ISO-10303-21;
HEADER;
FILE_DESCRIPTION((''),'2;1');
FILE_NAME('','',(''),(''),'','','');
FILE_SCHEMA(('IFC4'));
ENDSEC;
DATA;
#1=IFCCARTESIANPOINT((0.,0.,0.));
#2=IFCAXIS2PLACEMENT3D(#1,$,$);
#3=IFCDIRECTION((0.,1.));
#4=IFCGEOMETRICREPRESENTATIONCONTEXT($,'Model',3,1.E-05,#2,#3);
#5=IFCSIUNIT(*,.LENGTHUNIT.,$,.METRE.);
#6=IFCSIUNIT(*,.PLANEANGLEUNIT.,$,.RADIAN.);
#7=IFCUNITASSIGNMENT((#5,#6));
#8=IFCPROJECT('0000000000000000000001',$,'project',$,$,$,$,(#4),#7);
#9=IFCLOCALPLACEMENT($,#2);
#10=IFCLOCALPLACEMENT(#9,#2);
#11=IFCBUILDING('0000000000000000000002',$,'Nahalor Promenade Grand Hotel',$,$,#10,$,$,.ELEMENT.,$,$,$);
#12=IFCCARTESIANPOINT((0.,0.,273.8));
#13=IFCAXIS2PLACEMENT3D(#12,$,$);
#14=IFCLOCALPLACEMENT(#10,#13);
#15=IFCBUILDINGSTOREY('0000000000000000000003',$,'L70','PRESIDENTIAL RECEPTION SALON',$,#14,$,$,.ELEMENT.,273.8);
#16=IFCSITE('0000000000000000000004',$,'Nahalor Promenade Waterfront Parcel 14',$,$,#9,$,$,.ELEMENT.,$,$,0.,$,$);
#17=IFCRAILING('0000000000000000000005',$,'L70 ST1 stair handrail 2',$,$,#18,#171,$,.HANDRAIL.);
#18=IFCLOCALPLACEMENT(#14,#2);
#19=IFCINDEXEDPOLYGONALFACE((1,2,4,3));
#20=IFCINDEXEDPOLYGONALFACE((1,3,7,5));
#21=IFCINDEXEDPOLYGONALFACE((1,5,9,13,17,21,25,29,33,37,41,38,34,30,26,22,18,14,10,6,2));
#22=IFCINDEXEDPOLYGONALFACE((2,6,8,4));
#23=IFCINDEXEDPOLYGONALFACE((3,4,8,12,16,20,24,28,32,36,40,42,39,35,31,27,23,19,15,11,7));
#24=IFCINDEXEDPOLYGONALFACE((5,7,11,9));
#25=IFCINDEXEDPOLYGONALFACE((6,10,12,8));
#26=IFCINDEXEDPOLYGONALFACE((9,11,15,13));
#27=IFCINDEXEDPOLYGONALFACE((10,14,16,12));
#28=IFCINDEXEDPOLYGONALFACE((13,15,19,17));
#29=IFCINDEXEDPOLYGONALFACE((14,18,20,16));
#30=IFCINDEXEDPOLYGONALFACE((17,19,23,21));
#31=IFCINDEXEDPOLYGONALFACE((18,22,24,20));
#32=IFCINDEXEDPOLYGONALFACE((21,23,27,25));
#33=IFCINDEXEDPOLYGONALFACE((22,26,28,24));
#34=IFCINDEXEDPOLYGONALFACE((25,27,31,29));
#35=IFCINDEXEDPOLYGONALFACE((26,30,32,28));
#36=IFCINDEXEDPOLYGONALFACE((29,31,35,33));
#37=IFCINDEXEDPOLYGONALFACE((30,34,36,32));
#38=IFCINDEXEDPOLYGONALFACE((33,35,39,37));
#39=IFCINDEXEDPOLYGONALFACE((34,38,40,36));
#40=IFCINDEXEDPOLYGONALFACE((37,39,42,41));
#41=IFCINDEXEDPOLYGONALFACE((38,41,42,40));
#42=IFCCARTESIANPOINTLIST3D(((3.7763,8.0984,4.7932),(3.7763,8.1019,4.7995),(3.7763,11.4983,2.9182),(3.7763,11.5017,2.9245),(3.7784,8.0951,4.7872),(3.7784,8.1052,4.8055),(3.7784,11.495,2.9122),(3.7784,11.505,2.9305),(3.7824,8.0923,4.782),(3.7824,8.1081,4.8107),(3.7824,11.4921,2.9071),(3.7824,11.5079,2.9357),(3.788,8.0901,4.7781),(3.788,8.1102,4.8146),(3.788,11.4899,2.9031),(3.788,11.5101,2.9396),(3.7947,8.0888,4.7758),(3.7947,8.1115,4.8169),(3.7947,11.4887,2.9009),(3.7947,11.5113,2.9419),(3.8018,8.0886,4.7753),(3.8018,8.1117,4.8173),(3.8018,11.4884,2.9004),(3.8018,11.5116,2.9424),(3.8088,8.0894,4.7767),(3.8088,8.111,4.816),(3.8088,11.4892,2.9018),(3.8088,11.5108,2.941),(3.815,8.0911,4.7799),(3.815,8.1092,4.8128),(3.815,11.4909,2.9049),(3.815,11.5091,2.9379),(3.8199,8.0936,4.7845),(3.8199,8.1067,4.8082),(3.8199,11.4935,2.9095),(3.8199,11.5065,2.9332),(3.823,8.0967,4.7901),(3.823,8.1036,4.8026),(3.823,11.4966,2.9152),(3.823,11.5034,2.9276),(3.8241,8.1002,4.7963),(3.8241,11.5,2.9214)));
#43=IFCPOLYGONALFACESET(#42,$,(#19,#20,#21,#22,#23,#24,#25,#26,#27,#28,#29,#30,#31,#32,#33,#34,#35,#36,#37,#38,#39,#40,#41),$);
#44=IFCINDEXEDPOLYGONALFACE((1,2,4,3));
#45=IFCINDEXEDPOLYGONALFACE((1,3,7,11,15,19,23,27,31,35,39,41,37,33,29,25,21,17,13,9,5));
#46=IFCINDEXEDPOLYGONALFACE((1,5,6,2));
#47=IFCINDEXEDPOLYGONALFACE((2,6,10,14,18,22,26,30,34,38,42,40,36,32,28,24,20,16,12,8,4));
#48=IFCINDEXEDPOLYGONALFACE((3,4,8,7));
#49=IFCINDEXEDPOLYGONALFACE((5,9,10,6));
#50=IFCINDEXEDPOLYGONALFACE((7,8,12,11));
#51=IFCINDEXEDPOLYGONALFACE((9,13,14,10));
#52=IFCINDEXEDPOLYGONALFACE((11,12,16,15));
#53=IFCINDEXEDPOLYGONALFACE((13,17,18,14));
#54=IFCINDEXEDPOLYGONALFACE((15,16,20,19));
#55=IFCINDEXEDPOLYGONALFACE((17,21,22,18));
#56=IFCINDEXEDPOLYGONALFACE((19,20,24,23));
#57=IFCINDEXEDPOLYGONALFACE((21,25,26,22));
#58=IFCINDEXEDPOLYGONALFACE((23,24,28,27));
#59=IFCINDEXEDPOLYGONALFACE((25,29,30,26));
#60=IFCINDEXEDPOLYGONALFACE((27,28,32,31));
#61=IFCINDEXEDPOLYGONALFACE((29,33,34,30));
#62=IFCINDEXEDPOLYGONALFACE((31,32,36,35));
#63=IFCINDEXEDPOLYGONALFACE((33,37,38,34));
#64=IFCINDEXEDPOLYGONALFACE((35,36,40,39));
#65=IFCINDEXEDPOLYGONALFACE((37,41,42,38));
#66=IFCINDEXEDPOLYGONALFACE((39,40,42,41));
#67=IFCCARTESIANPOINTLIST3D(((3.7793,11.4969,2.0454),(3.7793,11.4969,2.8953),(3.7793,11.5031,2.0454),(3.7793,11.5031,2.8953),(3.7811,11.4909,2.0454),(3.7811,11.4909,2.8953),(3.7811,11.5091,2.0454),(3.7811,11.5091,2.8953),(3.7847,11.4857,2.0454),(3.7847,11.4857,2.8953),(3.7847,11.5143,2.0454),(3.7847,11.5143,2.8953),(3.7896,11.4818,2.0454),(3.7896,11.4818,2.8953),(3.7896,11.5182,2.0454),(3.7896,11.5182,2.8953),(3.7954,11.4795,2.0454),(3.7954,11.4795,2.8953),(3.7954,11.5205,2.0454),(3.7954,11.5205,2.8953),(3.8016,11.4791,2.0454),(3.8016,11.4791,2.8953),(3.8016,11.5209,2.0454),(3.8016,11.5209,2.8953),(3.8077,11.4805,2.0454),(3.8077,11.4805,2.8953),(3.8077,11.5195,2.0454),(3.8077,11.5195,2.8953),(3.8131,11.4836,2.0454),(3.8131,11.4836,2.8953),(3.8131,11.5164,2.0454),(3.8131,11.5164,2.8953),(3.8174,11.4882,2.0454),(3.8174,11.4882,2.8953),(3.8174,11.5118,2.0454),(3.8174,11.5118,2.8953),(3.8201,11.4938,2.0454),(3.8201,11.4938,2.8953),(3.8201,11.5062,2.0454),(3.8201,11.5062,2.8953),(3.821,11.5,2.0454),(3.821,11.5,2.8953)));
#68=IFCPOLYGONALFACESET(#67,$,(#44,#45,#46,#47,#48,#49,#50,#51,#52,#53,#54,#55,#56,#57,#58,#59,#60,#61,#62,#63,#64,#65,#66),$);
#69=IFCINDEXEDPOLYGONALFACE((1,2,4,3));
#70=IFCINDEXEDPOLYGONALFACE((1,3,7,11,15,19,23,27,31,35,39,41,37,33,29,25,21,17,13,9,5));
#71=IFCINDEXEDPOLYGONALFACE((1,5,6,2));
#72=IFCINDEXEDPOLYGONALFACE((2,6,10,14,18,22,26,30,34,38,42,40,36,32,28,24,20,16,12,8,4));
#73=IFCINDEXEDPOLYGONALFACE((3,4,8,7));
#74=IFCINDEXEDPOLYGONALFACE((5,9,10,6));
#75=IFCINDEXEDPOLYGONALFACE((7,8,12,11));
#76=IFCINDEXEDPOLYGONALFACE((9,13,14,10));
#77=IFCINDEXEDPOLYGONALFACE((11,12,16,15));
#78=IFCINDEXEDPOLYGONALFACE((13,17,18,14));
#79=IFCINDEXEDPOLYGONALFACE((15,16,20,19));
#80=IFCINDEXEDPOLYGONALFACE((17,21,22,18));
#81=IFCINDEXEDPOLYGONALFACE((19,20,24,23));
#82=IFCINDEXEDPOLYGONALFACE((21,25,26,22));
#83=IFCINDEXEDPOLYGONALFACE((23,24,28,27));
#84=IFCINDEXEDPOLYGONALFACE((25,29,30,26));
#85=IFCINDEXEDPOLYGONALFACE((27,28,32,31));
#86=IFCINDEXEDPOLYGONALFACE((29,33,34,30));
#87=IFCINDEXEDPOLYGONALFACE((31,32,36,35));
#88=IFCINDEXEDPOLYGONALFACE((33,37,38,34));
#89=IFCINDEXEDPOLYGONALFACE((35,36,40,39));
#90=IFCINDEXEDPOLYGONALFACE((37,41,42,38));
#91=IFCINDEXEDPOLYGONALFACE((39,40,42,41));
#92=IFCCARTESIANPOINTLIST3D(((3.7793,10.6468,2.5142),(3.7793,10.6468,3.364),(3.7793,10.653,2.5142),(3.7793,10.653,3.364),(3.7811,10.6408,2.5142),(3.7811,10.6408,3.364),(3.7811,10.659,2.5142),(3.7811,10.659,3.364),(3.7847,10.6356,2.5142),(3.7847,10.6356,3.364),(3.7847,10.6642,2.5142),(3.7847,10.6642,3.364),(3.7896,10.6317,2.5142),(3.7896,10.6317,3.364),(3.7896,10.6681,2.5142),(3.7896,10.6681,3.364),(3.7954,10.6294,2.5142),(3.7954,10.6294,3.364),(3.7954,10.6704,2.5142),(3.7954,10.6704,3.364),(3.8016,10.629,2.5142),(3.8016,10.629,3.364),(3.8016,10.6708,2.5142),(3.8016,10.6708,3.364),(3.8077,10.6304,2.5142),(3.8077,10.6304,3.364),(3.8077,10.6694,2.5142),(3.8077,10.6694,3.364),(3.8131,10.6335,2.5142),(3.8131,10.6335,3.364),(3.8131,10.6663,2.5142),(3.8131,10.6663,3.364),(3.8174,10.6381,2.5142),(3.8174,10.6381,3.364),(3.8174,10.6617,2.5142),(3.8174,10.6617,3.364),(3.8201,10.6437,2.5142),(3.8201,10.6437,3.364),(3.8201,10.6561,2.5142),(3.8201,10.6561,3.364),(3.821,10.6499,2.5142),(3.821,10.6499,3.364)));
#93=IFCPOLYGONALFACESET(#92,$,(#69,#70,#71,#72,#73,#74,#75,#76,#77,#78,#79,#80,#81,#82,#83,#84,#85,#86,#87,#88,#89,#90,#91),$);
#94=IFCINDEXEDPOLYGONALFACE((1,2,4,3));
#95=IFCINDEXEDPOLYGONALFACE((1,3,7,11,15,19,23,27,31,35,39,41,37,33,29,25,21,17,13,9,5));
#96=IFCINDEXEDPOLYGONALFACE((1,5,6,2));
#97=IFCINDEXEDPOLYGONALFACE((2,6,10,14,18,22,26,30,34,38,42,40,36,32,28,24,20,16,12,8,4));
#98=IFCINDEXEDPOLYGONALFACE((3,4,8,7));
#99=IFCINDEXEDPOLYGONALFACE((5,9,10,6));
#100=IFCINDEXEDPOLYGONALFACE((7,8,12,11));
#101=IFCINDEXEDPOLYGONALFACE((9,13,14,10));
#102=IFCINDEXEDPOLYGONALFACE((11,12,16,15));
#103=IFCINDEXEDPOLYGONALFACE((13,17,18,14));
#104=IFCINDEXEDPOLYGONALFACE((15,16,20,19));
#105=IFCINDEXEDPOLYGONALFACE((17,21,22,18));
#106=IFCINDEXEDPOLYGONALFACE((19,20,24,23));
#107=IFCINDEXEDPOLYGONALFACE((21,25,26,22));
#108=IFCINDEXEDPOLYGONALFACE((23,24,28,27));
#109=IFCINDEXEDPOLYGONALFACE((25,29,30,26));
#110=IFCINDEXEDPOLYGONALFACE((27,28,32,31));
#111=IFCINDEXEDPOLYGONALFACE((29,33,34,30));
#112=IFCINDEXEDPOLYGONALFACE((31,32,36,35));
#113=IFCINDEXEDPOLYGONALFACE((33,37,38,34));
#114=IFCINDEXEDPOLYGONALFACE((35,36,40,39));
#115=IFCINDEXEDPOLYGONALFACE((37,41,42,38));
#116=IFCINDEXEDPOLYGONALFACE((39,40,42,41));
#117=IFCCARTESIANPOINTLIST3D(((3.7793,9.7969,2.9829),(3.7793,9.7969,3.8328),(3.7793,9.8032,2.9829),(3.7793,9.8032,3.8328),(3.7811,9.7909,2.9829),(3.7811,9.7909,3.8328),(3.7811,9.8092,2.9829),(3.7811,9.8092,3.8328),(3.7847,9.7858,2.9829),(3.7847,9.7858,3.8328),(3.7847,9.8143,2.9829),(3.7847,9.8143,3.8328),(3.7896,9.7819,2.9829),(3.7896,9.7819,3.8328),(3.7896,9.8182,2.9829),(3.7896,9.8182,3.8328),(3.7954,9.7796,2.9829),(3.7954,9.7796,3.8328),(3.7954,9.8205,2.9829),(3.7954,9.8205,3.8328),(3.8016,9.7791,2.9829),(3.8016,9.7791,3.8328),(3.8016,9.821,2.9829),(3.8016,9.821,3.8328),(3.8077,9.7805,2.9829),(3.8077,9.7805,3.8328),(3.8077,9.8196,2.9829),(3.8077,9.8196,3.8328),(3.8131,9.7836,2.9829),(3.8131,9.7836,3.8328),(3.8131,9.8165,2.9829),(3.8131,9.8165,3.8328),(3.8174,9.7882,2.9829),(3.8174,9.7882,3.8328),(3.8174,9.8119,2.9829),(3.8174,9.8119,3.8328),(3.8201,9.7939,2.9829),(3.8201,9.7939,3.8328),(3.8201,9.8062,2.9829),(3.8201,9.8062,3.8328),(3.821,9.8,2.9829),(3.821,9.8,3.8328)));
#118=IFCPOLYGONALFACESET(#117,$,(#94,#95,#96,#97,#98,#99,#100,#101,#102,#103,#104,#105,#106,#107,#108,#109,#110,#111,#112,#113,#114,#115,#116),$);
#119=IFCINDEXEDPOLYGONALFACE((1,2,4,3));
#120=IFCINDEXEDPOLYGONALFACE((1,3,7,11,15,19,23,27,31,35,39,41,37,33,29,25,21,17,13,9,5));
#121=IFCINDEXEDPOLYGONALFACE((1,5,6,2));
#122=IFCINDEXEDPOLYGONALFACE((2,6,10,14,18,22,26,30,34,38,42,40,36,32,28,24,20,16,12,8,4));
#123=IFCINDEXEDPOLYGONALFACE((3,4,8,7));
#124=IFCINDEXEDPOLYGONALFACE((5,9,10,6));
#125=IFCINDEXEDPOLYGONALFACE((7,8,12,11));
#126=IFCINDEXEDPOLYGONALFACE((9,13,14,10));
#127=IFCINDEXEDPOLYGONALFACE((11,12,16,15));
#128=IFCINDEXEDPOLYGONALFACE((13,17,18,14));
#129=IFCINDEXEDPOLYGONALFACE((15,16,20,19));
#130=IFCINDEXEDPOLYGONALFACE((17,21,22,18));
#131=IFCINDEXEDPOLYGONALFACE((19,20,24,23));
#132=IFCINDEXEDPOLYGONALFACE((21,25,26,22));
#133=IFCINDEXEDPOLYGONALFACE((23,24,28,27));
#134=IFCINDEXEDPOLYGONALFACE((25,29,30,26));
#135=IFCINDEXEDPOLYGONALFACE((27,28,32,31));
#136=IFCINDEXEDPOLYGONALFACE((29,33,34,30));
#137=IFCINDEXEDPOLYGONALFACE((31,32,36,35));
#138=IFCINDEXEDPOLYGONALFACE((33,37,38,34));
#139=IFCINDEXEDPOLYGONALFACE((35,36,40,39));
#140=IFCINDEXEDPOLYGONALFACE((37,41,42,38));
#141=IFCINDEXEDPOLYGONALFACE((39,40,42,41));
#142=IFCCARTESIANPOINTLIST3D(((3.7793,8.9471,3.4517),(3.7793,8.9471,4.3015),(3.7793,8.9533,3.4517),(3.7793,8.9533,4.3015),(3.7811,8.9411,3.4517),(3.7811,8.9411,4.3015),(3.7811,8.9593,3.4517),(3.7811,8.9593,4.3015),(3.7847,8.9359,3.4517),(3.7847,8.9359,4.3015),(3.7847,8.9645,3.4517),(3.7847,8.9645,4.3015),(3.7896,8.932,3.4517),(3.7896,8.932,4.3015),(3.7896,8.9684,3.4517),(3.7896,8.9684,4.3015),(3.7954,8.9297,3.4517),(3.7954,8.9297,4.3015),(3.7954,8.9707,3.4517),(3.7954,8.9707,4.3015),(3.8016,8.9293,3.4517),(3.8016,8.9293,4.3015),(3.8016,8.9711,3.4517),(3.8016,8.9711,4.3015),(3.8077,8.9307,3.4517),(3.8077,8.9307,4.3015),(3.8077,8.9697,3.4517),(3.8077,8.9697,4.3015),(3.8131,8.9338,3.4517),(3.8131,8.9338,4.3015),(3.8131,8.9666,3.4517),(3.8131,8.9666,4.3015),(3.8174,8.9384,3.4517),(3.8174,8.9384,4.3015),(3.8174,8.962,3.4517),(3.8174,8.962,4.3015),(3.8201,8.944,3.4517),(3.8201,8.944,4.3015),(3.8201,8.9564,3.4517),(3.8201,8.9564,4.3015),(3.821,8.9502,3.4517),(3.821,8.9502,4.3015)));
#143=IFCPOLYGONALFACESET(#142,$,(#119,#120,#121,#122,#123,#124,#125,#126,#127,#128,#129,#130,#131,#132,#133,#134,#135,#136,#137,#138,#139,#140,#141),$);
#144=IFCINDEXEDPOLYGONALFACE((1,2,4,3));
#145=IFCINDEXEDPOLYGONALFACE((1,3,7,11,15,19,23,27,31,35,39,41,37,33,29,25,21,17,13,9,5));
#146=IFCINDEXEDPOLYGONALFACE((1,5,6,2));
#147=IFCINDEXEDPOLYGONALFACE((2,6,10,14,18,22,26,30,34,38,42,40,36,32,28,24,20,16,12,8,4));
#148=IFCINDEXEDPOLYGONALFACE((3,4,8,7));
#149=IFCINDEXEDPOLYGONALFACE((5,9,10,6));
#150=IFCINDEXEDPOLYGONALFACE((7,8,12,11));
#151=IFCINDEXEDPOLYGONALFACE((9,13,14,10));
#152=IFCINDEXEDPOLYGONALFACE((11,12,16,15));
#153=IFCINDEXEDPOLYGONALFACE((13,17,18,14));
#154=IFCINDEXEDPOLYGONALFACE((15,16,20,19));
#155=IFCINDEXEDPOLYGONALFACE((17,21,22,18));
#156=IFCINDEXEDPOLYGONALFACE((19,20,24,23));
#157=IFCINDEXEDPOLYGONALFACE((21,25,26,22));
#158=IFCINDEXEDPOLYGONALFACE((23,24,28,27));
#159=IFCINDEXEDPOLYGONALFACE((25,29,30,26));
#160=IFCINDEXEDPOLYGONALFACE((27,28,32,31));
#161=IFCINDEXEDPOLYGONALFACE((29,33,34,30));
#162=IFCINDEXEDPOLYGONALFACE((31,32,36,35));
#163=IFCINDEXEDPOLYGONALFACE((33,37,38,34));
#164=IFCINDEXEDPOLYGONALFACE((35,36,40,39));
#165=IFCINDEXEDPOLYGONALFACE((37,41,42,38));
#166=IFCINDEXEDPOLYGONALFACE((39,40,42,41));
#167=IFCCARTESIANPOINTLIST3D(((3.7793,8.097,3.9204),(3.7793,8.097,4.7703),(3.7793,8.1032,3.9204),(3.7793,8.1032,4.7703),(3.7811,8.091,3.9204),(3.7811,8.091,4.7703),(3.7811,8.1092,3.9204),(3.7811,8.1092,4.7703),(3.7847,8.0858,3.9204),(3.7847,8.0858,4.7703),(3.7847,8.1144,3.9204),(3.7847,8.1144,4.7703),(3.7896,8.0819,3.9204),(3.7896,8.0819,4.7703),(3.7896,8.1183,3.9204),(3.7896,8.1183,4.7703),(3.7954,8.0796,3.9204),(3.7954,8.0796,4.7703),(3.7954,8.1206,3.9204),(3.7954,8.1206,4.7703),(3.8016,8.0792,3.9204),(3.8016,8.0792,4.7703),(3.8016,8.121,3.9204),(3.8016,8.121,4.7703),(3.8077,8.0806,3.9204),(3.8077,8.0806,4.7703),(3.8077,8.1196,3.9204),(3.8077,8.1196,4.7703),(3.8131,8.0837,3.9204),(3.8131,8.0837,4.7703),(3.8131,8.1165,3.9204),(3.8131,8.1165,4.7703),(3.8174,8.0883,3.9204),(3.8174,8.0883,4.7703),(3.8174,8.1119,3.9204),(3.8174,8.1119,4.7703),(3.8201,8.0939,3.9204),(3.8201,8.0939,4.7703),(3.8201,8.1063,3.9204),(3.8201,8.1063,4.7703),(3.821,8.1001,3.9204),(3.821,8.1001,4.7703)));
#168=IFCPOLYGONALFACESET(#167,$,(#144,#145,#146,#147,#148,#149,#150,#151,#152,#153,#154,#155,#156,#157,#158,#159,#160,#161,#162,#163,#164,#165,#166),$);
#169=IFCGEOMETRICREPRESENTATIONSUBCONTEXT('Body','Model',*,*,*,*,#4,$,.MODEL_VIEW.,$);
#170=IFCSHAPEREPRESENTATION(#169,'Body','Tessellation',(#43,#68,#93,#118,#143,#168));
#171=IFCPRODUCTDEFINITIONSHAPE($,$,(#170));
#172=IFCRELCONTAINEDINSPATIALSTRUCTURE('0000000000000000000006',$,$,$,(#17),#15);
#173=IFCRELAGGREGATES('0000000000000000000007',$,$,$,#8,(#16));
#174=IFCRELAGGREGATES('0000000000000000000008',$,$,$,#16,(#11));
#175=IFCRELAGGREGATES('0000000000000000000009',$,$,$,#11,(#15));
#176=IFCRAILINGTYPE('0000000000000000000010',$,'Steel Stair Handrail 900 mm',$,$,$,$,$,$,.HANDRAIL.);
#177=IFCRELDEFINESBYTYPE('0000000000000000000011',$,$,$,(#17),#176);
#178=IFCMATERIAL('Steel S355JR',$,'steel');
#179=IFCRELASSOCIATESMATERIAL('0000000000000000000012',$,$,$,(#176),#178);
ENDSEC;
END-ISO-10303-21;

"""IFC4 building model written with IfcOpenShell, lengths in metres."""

from ifc_helpers import new_model, si_unit, direction, frame, origin, origin_2d, place, context, subcontext, project, spatial, circle, extrude, material, type_object, element, save


model = new_model("IFC4")

# Units and contexts
model_context = context("Model", 3, precision=1e-05, world=origin(), true_north=direction((0.0, 1.0)))
body_context = subcontext(model_context, "Body", "Model", "MODEL_VIEW")
ifc_project = project(units=[si_unit("LENGTHUNIT", "METRE"), si_unit("PLANEANGLEUNIT", "RADIAN")], contexts=[model_context])

# Site, building, storey
site_placement = place(None, origin())
site = spatial("IfcSite", under=ifc_project, at=site_placement, Name="Nahalor Promenade Waterfront Parcel 14", CompositionType="ELEMENT", RefElevation=0.0)
building_placement = place(site_placement, origin())
building = spatial("IfcBuilding", under=site, at=building_placement, Name="Nahalor Promenade Grand Hotel", CompositionType="ELEMENT")
storey_placement = place(building_placement, frame((0.0, 0.0, 273.8)))
storey = spatial("IfcBuildingStorey", under=building, at=storey_placement, Name="L70", Description="PRESIDENTIAL RECEPTION SALON", CompositionType="ELEMENT", Elevation=273.8)

# Shared definitions
ifc_material_1 = material(Name="Steel S355JR", Category="steel")

# Railing
railing_type_1 = type_object("IfcRailingType", Name="Steel Stair Handrail 900 mm", PredefinedType="HANDRAIL", material=ifc_material_1)
railing_1_placement = place(storey_placement, frame((3.8, 11.5, 2.0454)))
element("IfcRailing", 1, at=railing_1_placement, inside=storey, type_object=railing_type_1, Name="L70 ST1 stair handrail 2", PredefinedType="HANDRAIL", context=body_context, shape_type="SweptSolid", body=[
    extrude(circle(Radius=0.024, at=origin_2d()), frame((0.0, 0.0, 0.876), z_axis=(0.0, -0.875666, 0.482918), x_axis=(1.0, 0.0, 0.0)), (0.0, 0.0, 1.0), 3.8826),
    extrude(circle(Radius=0.021, at=origin_2d()), origin(), (0.0, 0.0, 1.0), 0.8499),
    extrude(circle(Radius=0.021, at=origin_2d()), frame((0.0, -0.8501, 0.4688)), (0.0, 0.0, 1.0), 0.8499),
    extrude(circle(Radius=0.021, at=origin_2d()), frame((0.0, -1.7, 0.9375)), (0.0, 0.0, 1.0), 0.8499),
    extrude(circle(Radius=0.021, at=origin_2d()), frame((0.0, -2.5498, 1.4062)), (0.0, 0.0, 1.0), 0.8499),
    extrude(circle(Radius=0.021, at=origin_2d()), frame((0.0, -3.3999, 1.875)), (0.0, 0.0, 1.0), 0.8499),
])

save(model, "model.ifc")
